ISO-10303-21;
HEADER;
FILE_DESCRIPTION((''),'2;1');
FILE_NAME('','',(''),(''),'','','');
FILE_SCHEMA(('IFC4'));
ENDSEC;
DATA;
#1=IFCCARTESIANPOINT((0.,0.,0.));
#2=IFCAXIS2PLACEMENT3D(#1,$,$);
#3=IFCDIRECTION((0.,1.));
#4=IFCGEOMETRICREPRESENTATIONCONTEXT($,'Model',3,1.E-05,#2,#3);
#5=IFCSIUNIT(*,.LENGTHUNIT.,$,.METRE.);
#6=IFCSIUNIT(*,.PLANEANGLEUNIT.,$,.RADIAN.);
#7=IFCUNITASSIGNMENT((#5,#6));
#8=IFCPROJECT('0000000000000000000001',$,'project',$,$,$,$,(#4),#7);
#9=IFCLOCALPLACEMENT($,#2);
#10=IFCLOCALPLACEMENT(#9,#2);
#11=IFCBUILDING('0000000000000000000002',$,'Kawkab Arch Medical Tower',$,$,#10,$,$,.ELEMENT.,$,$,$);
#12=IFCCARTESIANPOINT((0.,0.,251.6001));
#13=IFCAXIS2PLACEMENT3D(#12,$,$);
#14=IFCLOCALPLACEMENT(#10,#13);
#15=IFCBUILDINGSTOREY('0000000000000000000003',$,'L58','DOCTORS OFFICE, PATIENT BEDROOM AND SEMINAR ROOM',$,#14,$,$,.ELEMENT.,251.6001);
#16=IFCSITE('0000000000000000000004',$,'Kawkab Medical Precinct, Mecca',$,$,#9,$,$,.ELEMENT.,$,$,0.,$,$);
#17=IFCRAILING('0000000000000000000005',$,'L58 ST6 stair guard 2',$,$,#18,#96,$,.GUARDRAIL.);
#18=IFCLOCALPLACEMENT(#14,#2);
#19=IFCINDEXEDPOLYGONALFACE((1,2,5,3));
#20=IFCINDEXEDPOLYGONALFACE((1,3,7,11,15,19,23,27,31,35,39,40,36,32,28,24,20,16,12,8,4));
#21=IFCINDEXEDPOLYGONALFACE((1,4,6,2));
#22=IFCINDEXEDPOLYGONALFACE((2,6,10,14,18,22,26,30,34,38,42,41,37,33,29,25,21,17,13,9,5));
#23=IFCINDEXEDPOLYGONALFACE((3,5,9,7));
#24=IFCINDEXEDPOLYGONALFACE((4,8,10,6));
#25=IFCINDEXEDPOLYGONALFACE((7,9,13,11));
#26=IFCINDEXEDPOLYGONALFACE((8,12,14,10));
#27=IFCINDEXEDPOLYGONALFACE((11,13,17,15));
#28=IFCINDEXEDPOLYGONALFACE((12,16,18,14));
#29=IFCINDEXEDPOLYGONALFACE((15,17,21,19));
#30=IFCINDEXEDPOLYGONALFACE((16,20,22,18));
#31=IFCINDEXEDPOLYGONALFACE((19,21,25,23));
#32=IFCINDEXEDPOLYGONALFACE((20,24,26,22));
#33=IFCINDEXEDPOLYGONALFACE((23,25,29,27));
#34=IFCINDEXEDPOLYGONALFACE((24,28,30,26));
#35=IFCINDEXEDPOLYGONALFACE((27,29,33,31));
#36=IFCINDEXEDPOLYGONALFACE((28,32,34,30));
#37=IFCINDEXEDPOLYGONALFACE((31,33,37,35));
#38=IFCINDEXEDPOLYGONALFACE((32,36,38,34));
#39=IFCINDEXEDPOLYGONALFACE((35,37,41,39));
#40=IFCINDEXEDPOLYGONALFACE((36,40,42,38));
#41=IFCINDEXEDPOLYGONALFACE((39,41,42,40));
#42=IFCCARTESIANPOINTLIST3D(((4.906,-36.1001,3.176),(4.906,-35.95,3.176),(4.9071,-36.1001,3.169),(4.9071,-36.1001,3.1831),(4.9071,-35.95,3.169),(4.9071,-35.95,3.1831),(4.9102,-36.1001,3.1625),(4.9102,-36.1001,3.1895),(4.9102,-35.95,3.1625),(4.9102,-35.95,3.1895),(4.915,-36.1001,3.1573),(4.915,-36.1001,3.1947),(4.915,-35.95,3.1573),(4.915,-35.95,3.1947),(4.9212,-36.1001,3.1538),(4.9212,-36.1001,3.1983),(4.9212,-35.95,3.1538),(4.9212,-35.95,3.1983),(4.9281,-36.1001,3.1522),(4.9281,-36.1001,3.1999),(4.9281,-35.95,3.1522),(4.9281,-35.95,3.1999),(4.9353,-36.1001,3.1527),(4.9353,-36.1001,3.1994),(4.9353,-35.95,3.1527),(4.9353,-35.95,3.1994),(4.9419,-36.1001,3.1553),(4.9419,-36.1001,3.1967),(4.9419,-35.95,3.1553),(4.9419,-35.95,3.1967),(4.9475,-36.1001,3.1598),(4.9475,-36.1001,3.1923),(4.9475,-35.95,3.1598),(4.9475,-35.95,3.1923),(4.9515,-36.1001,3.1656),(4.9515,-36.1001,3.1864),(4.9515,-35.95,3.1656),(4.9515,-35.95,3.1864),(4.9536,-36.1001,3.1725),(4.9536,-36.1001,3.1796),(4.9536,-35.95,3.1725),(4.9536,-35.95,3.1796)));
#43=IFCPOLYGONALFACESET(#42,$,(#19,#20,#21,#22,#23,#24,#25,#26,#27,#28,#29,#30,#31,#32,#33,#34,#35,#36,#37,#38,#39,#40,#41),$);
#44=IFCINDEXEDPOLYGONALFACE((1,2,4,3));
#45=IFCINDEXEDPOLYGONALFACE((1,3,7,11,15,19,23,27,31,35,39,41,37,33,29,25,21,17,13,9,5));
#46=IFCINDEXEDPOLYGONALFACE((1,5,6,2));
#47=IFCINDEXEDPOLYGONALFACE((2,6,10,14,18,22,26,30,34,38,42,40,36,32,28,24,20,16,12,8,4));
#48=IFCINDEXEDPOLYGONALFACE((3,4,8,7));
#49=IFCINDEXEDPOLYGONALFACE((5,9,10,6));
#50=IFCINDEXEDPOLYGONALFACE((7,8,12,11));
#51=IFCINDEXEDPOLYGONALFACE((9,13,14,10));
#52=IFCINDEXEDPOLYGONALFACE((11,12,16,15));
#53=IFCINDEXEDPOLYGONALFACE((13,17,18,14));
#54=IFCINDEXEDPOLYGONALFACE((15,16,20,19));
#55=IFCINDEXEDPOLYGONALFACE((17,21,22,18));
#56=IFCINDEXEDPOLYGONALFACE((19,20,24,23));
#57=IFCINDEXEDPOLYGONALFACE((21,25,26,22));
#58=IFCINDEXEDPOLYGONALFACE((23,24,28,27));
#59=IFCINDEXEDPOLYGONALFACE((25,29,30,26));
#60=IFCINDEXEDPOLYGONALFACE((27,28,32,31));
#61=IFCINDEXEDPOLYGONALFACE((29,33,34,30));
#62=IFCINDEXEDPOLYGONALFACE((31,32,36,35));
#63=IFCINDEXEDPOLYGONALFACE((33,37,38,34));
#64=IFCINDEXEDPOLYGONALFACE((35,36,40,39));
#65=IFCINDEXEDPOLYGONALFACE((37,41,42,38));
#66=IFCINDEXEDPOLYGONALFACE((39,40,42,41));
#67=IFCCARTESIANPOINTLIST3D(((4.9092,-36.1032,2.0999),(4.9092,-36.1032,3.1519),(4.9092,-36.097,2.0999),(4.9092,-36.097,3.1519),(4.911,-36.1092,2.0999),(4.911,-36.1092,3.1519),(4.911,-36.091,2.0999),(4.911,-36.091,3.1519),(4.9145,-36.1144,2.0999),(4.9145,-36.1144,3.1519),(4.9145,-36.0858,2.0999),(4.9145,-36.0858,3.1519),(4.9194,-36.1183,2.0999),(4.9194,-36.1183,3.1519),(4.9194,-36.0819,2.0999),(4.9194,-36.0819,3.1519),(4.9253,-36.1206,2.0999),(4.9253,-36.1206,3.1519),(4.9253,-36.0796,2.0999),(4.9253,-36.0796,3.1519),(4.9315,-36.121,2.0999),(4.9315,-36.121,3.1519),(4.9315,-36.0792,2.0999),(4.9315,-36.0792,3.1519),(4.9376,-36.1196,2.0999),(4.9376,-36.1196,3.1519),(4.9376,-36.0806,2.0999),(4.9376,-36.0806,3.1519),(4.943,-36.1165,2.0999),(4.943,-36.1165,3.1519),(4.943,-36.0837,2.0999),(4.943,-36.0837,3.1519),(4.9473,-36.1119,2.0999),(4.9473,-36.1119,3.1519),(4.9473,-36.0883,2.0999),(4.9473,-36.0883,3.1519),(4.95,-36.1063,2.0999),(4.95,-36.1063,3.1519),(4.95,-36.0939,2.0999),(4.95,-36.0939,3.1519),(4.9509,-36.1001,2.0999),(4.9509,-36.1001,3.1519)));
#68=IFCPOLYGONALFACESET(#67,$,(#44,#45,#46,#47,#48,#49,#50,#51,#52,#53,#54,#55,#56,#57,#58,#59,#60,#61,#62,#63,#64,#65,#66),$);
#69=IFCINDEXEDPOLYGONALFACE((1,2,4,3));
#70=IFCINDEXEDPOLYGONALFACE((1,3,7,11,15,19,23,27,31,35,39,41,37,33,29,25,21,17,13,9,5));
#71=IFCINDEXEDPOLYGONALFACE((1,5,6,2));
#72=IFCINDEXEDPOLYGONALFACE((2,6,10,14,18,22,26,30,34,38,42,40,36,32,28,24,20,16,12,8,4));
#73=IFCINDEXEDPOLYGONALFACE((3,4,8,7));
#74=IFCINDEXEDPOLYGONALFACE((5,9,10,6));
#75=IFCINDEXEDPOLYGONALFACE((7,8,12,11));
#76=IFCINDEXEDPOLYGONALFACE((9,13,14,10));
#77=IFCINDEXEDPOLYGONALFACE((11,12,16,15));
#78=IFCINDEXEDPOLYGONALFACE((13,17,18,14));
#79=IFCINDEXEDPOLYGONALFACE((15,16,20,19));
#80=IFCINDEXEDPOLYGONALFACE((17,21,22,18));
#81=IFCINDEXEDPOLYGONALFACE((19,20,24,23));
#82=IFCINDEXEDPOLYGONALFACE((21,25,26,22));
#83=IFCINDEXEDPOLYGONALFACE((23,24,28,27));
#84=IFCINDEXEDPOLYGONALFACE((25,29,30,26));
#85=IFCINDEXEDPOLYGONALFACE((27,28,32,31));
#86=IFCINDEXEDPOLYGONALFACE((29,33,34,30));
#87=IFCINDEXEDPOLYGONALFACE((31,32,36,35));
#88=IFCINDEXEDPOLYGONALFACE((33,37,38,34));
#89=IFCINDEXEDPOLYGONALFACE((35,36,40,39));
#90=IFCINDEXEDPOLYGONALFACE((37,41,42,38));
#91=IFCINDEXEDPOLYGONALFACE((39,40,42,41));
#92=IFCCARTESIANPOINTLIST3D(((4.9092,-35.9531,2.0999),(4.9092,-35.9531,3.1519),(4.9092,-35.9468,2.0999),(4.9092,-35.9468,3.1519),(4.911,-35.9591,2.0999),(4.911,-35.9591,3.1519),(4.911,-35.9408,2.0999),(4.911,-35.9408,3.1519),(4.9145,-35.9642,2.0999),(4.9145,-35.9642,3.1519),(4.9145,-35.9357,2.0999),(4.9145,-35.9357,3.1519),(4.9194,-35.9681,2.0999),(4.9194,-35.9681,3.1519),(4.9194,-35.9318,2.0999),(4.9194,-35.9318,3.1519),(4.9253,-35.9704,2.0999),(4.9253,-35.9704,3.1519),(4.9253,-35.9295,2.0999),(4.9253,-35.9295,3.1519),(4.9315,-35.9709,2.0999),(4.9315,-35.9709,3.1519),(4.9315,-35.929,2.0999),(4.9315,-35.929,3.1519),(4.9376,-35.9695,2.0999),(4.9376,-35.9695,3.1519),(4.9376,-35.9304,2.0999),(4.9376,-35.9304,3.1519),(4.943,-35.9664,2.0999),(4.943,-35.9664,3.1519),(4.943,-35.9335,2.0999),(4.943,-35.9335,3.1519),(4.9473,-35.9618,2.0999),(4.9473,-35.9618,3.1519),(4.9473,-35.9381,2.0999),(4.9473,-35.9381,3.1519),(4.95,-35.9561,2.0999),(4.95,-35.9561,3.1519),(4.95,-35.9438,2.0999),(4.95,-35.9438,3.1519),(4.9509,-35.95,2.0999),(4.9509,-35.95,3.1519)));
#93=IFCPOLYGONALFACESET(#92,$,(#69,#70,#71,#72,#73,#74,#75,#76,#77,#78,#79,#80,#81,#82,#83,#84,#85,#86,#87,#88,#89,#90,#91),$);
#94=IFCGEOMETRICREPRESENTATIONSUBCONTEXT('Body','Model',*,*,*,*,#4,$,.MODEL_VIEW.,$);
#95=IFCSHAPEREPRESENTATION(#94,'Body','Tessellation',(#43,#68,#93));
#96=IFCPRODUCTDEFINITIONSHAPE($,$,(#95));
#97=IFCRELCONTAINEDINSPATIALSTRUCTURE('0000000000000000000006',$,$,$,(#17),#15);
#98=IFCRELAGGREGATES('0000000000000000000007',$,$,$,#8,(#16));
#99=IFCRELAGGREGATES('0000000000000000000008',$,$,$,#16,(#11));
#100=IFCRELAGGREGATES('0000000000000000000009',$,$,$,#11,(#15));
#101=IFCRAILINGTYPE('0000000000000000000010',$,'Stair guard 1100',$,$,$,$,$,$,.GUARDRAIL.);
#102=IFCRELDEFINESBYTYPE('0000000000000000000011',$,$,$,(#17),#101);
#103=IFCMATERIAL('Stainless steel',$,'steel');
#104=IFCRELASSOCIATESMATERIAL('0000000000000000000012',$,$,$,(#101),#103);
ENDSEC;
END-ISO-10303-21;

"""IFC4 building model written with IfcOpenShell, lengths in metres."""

from ifc_helpers import new_model, si_unit, direction, frame, origin, origin_2d, place, context, subcontext, project, spatial, circle, extrude, material, type_object, element, save


model = new_model("IFC4")

# Units and contexts
model_context = context("Model", 3, precision=1e-05, world=origin(), true_north=direction((0.0, 1.0)))
body_context = subcontext(model_context, "Body", "Model", "MODEL_VIEW")
ifc_project = project(units=[si_unit("LENGTHUNIT", "METRE"), si_unit("PLANEANGLEUNIT", "RADIAN")], contexts=[model_context])

# Site, building, storey
site_placement = place(None, origin())
site = spatial("IfcSite", under=ifc_project, at=site_placement, Name="Kawkab Medical Precinct, Mecca", CompositionType="ELEMENT", RefElevation=0.0)
building_placement = place(site_placement, origin())
building = spatial("IfcBuilding", under=site, at=building_placement, Name="Kawkab Arch Medical Tower", CompositionType="ELEMENT")
storey_placement = place(building_placement, frame((0.0, 0.0, 251.6001)))
storey = spatial("IfcBuildingStorey", under=building, at=storey_placement, Name="L58", Description="DOCTORS OFFICE, PATIENT BEDROOM AND SEMINAR ROOM", CompositionType="ELEMENT", Elevation=251.6001)

# Railing
ifc_material_1 = material(Name="Stainless steel", Category="steel")
railing_type = type_object("IfcRailingType", Name="Stair guard 1100", PredefinedType="GUARDRAIL", material=ifc_material_1)
railing_1_placement = place(storey_placement, frame((4.9299, -36.1001, 2.0999)))
element("IfcRailing", 1, at=railing_1_placement, inside=storey, type_object=railing_type, Name="L58 ST6 stair guard 2", PredefinedType="GUARDRAIL", context=body_context, shape_type="SweptSolid", body=[
    extrude(circle(Radius=0.0239, at=origin_2d()), frame((0.0, 0.0, 1.0762), z_axis=(0.0, 1.0, 0.0), x_axis=(-1.0, 0.0, 0.0)), (0.0, 0.0, 1.0), 0.1501),
    extrude(circle(Radius=0.021, at=origin_2d()), origin(), (0.0, 0.0, 1.0), 1.052),
    extrude(circle(Radius=0.021, at=origin_2d()), frame((0.0, 0.1501, 0.0)), (0.0, 0.0, 1.0), 1.052),
])

save(model, "model.ifc")
